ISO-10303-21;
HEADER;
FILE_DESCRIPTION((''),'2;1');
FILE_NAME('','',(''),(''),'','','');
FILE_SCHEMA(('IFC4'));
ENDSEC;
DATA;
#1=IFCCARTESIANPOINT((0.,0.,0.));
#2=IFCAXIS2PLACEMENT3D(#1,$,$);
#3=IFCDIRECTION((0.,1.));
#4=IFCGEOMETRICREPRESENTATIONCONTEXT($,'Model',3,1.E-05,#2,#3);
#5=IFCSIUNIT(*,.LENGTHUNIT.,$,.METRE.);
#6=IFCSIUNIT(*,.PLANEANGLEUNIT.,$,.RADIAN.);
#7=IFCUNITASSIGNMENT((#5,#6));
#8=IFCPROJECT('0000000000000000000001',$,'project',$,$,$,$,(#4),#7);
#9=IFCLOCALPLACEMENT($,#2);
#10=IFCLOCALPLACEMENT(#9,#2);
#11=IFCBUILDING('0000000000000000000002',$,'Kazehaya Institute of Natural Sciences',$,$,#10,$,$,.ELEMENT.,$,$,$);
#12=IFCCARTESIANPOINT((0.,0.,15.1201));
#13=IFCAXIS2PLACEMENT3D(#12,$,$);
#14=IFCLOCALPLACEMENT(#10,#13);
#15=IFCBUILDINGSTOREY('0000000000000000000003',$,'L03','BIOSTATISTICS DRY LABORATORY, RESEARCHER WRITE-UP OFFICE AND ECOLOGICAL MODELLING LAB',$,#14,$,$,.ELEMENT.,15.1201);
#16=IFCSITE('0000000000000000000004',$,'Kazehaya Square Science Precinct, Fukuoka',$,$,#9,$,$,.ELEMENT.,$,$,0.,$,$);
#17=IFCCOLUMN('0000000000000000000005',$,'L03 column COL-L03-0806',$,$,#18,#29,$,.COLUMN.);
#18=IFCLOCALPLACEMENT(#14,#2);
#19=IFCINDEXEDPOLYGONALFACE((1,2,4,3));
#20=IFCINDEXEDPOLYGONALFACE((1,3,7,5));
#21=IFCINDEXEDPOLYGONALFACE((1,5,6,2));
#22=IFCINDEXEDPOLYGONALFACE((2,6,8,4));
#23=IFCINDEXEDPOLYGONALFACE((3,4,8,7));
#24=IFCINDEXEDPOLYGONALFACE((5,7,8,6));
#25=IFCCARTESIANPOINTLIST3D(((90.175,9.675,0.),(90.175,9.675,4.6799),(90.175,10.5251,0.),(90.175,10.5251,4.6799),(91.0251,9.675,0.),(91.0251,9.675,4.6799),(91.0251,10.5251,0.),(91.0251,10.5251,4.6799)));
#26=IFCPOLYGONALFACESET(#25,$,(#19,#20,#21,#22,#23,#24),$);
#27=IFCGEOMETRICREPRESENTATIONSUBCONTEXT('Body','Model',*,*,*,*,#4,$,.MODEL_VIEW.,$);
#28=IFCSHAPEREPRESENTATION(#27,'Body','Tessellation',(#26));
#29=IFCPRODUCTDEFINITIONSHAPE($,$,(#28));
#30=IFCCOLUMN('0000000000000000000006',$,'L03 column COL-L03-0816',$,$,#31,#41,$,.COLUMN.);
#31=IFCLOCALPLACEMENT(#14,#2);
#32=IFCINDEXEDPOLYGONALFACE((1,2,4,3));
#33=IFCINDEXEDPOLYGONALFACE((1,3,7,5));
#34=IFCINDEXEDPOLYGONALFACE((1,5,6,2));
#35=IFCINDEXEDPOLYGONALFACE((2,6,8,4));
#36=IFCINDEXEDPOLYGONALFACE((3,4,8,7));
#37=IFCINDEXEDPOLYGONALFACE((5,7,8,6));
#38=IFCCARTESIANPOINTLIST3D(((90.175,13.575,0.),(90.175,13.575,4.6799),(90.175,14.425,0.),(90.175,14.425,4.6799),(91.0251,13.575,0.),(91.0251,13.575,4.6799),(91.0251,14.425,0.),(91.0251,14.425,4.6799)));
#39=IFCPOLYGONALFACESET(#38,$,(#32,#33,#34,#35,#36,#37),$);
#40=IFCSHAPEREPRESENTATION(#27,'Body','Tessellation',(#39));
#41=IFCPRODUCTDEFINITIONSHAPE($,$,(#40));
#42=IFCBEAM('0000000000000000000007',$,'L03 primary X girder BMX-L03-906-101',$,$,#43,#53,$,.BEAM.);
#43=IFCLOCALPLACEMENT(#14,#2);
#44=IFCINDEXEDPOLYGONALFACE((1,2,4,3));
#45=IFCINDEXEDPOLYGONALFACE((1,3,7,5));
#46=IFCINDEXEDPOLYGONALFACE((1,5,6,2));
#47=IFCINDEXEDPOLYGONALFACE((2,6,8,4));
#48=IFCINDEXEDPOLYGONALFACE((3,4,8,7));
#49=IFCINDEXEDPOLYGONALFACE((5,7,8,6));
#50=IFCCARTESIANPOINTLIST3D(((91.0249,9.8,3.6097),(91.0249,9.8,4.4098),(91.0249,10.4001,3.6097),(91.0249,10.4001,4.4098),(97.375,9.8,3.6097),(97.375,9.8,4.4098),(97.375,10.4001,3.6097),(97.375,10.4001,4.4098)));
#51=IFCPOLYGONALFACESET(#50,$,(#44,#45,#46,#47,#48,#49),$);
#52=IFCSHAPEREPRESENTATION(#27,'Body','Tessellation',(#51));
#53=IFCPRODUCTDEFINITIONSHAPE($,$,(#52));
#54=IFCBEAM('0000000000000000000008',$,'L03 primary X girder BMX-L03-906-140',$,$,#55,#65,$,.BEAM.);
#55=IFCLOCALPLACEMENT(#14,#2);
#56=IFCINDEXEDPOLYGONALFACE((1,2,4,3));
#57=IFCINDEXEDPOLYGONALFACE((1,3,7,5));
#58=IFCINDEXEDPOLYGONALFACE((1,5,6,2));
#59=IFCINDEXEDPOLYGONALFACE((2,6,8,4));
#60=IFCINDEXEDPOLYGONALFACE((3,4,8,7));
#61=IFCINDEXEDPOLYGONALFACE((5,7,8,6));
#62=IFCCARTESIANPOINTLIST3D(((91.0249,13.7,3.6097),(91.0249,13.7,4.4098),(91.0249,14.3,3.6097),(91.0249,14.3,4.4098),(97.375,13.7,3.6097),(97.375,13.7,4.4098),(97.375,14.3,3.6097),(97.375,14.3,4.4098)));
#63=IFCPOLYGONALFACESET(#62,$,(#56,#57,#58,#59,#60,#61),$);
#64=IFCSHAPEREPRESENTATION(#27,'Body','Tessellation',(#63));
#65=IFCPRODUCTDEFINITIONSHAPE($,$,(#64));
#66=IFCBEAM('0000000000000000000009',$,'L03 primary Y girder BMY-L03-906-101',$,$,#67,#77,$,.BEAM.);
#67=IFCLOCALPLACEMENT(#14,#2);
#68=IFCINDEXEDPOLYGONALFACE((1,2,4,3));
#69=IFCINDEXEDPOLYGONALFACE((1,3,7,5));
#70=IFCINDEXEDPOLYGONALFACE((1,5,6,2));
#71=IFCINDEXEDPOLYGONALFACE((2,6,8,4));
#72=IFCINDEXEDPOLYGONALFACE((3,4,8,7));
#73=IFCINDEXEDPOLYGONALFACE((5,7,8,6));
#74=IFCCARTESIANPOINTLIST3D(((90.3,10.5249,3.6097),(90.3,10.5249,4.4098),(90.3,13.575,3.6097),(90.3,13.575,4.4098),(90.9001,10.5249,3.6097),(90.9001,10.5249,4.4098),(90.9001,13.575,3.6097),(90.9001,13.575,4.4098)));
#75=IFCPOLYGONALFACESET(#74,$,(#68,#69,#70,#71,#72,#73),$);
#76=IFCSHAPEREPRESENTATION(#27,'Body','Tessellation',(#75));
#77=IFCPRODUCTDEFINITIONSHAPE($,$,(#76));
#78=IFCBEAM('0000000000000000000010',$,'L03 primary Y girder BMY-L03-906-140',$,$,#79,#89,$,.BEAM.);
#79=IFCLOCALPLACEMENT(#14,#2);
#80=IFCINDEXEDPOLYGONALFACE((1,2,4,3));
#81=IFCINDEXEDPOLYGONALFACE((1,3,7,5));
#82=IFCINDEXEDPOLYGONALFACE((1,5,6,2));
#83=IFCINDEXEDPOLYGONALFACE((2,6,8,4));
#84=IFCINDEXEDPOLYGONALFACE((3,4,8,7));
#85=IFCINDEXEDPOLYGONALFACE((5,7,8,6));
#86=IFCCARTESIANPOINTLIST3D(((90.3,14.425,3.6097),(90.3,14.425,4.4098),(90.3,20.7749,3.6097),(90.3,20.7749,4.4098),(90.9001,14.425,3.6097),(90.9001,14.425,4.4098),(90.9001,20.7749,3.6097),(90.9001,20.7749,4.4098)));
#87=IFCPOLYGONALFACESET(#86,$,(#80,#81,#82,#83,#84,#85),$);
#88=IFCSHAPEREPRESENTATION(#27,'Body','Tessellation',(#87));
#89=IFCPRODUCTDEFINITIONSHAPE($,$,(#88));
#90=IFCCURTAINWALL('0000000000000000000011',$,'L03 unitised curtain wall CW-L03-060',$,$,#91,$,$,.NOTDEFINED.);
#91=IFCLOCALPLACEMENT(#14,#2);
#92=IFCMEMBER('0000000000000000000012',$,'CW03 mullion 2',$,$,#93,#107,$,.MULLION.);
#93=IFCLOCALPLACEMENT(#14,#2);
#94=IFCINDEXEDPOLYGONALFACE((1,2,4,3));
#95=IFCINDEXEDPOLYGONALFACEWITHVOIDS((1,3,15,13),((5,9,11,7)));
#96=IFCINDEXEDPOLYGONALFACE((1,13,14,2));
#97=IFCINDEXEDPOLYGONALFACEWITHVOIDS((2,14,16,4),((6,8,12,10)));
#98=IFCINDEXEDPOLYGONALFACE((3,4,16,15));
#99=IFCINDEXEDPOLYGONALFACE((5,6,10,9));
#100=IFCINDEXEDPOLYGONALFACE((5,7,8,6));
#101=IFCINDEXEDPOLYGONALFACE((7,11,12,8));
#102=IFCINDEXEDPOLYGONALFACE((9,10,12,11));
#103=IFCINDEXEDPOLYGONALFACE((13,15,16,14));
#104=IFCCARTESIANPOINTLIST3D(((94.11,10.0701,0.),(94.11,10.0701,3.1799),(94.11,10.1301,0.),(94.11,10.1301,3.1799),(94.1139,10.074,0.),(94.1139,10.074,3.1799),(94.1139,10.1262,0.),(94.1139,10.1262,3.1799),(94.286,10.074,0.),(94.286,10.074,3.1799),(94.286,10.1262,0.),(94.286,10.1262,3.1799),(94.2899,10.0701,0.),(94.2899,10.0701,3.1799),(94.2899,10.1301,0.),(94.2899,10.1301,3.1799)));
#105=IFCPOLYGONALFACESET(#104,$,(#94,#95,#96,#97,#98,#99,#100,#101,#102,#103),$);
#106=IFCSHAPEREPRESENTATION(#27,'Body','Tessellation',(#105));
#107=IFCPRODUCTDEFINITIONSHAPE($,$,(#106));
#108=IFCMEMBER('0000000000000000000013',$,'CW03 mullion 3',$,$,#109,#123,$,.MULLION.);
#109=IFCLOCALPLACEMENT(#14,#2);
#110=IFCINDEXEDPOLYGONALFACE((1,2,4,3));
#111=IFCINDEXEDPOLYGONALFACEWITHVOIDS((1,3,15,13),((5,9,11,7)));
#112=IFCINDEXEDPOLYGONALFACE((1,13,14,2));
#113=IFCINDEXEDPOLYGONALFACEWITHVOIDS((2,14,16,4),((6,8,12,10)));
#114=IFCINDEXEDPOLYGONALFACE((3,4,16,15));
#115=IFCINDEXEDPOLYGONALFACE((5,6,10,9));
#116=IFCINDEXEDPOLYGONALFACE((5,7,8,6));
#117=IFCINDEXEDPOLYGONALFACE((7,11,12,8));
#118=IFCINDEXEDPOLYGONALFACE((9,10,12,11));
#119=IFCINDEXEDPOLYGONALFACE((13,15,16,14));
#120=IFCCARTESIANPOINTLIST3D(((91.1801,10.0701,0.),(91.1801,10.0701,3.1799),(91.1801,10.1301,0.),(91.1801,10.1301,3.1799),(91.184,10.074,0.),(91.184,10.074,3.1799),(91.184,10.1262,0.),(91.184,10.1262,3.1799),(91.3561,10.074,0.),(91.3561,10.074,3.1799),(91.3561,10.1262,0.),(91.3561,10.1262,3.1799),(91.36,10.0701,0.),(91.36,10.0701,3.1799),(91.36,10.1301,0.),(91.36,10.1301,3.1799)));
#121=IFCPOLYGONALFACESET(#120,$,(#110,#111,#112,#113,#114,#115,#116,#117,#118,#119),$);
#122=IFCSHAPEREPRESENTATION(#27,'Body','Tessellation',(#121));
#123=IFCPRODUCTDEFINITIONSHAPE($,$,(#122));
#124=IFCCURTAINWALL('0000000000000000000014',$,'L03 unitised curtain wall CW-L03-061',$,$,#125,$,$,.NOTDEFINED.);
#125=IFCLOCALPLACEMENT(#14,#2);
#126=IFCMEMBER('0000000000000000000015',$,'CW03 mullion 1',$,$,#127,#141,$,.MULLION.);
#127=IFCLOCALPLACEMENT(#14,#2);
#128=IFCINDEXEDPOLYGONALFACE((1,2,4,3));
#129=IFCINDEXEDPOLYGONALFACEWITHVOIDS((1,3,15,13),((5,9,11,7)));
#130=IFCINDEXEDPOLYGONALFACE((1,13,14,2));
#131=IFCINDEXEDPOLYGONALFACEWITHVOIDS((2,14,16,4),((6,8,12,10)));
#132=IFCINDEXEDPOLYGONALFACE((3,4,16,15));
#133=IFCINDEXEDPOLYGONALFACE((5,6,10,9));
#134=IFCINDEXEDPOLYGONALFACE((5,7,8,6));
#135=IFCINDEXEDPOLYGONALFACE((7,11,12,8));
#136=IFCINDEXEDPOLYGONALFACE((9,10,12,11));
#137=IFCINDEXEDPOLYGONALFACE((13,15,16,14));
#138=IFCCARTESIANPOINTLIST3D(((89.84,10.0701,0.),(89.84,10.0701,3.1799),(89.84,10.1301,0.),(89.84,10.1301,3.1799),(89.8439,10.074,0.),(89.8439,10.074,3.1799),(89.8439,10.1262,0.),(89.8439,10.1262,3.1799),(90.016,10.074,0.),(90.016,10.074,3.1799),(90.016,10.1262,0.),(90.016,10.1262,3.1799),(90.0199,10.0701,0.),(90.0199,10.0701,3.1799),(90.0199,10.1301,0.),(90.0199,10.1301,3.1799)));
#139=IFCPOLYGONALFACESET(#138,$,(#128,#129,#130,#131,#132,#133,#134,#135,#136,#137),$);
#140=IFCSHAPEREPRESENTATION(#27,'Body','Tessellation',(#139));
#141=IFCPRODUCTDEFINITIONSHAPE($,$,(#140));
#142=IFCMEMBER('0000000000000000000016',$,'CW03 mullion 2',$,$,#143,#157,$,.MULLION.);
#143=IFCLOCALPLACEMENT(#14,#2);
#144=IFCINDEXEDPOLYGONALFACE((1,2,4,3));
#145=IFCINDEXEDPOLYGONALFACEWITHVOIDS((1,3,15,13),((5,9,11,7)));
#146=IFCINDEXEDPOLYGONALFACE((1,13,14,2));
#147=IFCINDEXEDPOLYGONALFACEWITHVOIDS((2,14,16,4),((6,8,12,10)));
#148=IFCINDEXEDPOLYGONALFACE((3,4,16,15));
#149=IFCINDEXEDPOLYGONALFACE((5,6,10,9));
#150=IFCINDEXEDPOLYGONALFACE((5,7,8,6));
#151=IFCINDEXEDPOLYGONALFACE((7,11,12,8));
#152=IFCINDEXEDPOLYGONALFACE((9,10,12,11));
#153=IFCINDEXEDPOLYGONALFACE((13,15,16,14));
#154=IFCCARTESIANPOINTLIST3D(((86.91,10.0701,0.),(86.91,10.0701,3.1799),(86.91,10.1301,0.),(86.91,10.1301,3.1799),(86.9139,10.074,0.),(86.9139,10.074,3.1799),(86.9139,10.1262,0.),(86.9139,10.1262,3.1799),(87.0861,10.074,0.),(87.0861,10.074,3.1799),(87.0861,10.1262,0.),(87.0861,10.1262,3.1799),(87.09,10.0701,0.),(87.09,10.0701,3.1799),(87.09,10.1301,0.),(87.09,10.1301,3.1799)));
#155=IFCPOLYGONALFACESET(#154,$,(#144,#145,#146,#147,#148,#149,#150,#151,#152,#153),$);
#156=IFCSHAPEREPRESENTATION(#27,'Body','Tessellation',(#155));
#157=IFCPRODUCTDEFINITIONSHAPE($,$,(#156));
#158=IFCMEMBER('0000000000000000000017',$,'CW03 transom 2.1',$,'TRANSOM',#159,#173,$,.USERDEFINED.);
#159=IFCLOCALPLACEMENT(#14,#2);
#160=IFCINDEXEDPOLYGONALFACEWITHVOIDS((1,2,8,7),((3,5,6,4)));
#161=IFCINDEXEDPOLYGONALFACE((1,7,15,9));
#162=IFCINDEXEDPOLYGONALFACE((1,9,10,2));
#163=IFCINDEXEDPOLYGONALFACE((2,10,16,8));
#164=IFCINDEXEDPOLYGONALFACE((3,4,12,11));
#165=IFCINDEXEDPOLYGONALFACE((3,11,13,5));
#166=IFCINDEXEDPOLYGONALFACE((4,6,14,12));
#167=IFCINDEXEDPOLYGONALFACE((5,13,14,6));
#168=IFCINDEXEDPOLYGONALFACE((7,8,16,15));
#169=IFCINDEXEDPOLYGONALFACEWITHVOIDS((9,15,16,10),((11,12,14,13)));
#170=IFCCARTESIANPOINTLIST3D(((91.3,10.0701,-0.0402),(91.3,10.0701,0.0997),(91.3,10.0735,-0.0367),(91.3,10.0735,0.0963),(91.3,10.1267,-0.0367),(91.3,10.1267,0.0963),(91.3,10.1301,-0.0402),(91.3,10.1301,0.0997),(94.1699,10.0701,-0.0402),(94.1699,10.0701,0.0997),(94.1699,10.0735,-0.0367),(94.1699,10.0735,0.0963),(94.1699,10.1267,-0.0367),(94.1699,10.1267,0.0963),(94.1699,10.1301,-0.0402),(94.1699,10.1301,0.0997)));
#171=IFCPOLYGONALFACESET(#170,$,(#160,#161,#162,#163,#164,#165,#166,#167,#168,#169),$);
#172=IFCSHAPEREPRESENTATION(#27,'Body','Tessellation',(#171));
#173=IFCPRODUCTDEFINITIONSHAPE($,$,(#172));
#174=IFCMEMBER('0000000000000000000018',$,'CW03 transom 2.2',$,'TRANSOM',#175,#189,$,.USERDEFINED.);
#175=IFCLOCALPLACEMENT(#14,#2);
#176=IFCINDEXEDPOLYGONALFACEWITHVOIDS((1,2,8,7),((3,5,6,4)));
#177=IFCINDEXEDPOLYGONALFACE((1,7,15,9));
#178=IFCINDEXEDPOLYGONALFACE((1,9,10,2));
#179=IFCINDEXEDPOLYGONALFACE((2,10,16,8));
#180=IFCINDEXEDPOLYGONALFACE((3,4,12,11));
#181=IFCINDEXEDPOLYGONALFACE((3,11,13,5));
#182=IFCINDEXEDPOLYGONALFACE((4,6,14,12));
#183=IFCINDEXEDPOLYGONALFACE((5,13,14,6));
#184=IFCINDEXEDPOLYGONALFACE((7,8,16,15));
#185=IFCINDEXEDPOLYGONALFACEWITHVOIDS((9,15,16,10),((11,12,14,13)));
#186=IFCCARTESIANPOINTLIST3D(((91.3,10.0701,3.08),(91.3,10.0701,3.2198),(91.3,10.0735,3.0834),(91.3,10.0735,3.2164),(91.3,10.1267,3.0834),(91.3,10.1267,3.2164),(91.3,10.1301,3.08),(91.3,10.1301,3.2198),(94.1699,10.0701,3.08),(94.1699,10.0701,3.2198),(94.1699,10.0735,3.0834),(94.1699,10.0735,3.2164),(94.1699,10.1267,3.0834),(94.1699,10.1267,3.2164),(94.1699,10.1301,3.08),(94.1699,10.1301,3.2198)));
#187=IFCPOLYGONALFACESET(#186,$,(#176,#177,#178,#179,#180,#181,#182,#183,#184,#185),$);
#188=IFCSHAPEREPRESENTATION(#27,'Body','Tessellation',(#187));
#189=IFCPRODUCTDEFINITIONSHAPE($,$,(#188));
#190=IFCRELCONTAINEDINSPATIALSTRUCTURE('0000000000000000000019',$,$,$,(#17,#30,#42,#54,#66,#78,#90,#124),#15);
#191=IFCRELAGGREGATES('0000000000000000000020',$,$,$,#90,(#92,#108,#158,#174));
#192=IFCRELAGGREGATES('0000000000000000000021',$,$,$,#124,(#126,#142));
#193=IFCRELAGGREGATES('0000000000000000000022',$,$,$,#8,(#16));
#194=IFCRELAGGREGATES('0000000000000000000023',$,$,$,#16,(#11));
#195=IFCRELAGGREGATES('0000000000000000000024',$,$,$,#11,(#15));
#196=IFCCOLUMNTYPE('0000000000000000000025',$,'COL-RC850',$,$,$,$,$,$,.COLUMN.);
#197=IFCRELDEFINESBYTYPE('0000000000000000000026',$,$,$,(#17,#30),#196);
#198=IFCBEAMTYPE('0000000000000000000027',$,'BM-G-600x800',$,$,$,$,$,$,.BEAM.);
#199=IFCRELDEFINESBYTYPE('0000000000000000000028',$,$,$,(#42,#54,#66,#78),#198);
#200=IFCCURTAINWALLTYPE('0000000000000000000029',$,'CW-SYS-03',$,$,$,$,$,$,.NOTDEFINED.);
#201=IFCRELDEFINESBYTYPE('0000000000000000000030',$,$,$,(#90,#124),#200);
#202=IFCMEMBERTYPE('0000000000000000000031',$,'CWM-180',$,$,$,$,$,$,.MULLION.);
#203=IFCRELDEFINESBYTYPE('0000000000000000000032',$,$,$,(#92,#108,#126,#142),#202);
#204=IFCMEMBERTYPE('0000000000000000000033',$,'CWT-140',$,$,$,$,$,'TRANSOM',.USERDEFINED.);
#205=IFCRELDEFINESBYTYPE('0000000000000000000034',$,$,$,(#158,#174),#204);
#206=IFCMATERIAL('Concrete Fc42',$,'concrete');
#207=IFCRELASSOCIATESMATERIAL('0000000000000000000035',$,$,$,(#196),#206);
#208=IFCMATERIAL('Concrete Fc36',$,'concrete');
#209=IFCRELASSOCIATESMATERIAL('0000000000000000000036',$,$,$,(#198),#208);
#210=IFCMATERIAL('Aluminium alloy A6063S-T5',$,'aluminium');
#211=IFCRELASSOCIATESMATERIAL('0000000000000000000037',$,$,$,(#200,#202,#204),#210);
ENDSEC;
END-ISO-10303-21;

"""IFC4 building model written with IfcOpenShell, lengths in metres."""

from ifc_helpers import new_model, si_unit, direction, frame, origin, origin_2d, place, context, subcontext, project, spatial, rectangle, hollow_rectangle, extrude, material, material_profile, profile_set, type_object, element, aggregate, save


model = new_model("IFC4")

# Units and contexts
model_context = context("Model", 3, precision=1e-05, world=origin(), true_north=direction((0.0, 1.0)))
body_context = subcontext(model_context, "Body", "Model", "MODEL_VIEW")
ifc_project = project(units=[si_unit("LENGTHUNIT", "METRE"), si_unit("PLANEANGLEUNIT", "RADIAN")], contexts=[model_context])

# Site, building, storey
site_placement = place(None, origin())
site = spatial("IfcSite", under=ifc_project, at=site_placement, Name="Kazehaya Square Science Precinct, Fukuoka", CompositionType="ELEMENT", RefElevation=0.0)
building_placement = place(site_placement, origin())
building = spatial("IfcBuilding", under=site, at=building_placement, Name="Kazehaya Institute of Natural Sciences", CompositionType="ELEMENT")
storey_placement = place(building_placement, frame((0.0, 0.0, 15.1201)))
storey = spatial("IfcBuildingStorey", under=building, at=storey_placement, Name="L03", Description="BIOSTATISTICS DRY LABORATORY, RESEARCHER WRITE-UP OFFICE AND ECOLOGICAL MODELLING LAB", CompositionType="ELEMENT", Elevation=15.1201)

# Columns
ifc_material_1 = material(Name="Concrete Fc42", Category="concrete")
ifc_material_profile_1 = material_profile(ifc_material_1, rectangle(XDim=0.8501, YDim=0.8501, at=origin_2d()), Name="RC-850x850")
ifc_profile_set_1 = profile_set([ifc_material_profile_1], Name="Concrete Fc42")
column_type = type_object("IfcColumnType", Name="COL-RC850", PredefinedType="COLUMN", material=ifc_profile_set_1)
for number, where, z_axis, x_axis, name in (
    (1, (90.6001, 10.1001, 0.0), (0.0, 0.0, 1.0), (1.0, 0.0, 0.0), "L03 column COL-L03-0806"),
    (2, (90.6001, 14.0, 0.0), (0.0, 0.0, 1.0), (1.0, 0.0, 0.0), "L03 column COL-L03-0816"),
):
    element("IfcColumn", number, at=place(storey_placement, frame(where, z_axis=z_axis, x_axis=x_axis)), inside=storey, type_object=column_type, Name=name, PredefinedType="COLUMN", context=body_context, shape_type="SweptSolid", body=[
        extrude(rectangle(XDim=0.8501, YDim=0.8501, at=origin_2d()), origin(), (0.0, 0.0, 1.0), 4.6799),
    ])

# Beams
ifc_material_2 = material(Name="Concrete Fc36", Category="concrete")
ifc_material_profile_2 = material_profile(ifc_material_2, rectangle(XDim=0.6001, YDim=0.8, at=origin_2d()), Name="RC-600x800")
ifc_profile_set_2 = profile_set([ifc_material_profile_2], Name="Concrete Fc36")
beam_type = type_object("IfcBeamType", Name="BM-G-600x800", PredefinedType="BEAM", material=ifc_profile_set_2)
for number, where, z_axis, x_axis, name in (
    (3, (91.0249, 10.1001, 4.0098), (1.0, 0.0, 0.0), (0.0, 1.0, 0.0), "L03 primary X girder BMX-L03-906-101"),
    (4, (91.0249, 14.0, 4.0098), (1.0, 0.0, 0.0), (0.0, 1.0, 0.0), "L03 primary X girder BMX-L03-906-140"),
):
    element("IfcBeam", number, at=place(storey_placement, frame(where, z_axis=z_axis, x_axis=x_axis)), inside=storey, type_object=beam_type, Name=name, PredefinedType="BEAM", context=body_context, shape_type="SweptSolid", body=[
        extrude(rectangle(XDim=0.6001, YDim=0.8, at=origin_2d()), origin(), (0.0, 0.0, 1.0), 6.3501),
    ])
beam_1_placement = place(storey_placement, frame((90.6001, 10.5249, 4.0098), z_axis=(0.0, 1.0, 0.0), x_axis=(-1.0, 0.0, 0.0)))
element("IfcBeam", 5, at=beam_1_placement, inside=storey, type_object=beam_type, Name="L03 primary Y girder BMY-L03-906-101", PredefinedType="BEAM", context=body_context, shape_type="SweptSolid", body=[
    extrude(rectangle(XDim=0.6001, YDim=0.8, at=origin_2d()), origin(), (0.0, 0.0, 1.0), 3.05),
])
beam_2_placement = place(storey_placement, frame((90.6001, 14.425, 4.0098), z_axis=(0.0, 1.0, 0.0), x_axis=(-1.0, 0.0, 0.0)))
element("IfcBeam", 6, at=beam_2_placement, inside=storey, type_object=beam_type, Name="L03 primary Y girder BMY-L03-906-140", PredefinedType="BEAM", context=body_context, shape_type="SweptSolid", body=[
    extrude(rectangle(XDim=0.6001, YDim=0.8, at=origin_2d()), origin(), (0.0, 0.0, 1.0), 6.3499),
])

# Curtain walls, members
ifc_material_3 = material(Name="Aluminium alloy A6063S-T5", Category="aluminium")
curtain_wall_type = type_object("IfcCurtainWallType", Name="CW-SYS-03", PredefinedType="NOTDEFINED", material=ifc_material_3)
curtain_wall_1_placement = place(storey_placement, origin())
curtain_wall_1 = element("IfcCurtainWall", 7, at=curtain_wall_1_placement, inside=storey, type_object=curtain_wall_type, Name="L03 unitised curtain wall CW-L03-060", PredefinedType="NOTDEFINED")
ifc_material_profile_3 = material_profile(ifc_material_3, hollow_rectangle(XDim=0.0601, YDim=0.1799, WallThickness=0.0039, at=origin_2d()), Name="ALU-60x180x4")
ifc_profile_set_3 = profile_set([ifc_material_profile_3], Name="Aluminium alloy A6063S-T5")
member_type_1 = type_object("IfcMemberType", Name="CWM-180", PredefinedType="MULLION", material=ifc_profile_set_3)
member_1_placement = place(storey_placement, frame((94.2, 10.1001, 0.0), z_axis=(0.0, 0.0, 1.0), x_axis=(0.0, -1.0, 0.0)))
member_1 = element("IfcMember", 8, at=member_1_placement, type_object=member_type_1, Name="CW03 mullion 2", PredefinedType="MULLION", context=body_context, shape_type="SweptSolid", body=[
    extrude(hollow_rectangle(XDim=0.0601, YDim=0.1799, WallThickness=0.0039, at=origin_2d()), origin(), (0.0, 0.0, 1.0), 3.1799),
])
member_2_placement = place(storey_placement, frame((91.27, 10.1001, 0.0), z_axis=(0.0, 0.0, 1.0), x_axis=(0.0, -1.0, 0.0)))
member_2 = element("IfcMember", 9, at=member_2_placement, type_object=member_type_1, Name="CW03 mullion 3", PredefinedType="MULLION", context=body_context, shape_type="SweptSolid", body=[
    extrude(hollow_rectangle(XDim=0.0601, YDim=0.1799, WallThickness=0.0039, at=origin_2d()), origin(), (0.0, 0.0, 1.0), 3.1799),
])
curtain_wall_2_placement = place(storey_placement, origin())
curtain_wall_2 = element("IfcCurtainWall", 10, at=curtain_wall_2_placement, inside=storey, type_object=curtain_wall_type, Name="L03 unitised curtain wall CW-L03-061", PredefinedType="NOTDEFINED")
member_3_placement = place(storey_placement, frame((89.9299, 10.1001, 0.0), z_axis=(0.0, 0.0, 1.0), x_axis=(0.0, -1.0, 0.0)))
member_3 = element("IfcMember", 11, at=member_3_placement, type_object=member_type_1, Name="CW03 mullion 1", PredefinedType="MULLION", context=body_context, shape_type="SweptSolid", body=[
    extrude(hollow_rectangle(XDim=0.0601, YDim=0.1799, WallThickness=0.0039, at=origin_2d()), origin(), (0.0, 0.0, 1.0), 3.1799),
])
member_4_placement = place(storey_placement, frame((87.0, 10.1001, 0.0), z_axis=(0.0, 0.0, 1.0), x_axis=(0.0, -1.0, 0.0)))
member_4 = element("IfcMember", 12, at=member_4_placement, type_object=member_type_1, Name="CW03 mullion 2", PredefinedType="MULLION", context=body_context, shape_type="SweptSolid", body=[
    extrude(hollow_rectangle(XDim=0.0601, YDim=0.1799, WallThickness=0.0039, at=origin_2d()), origin(), (0.0, 0.0, 1.0), 3.1799),
])

# Members
ifc_material_profile_4 = material_profile(ifc_material_3, hollow_rectangle(XDim=0.0601, YDim=0.1399, WallThickness=0.0034, at=origin_2d()), Name="ALU-60x140x3.5")
ifc_profile_set_4 = profile_set([ifc_material_profile_4], Name="Aluminium alloy A6063S-T5")
member_type_2 = type_object("IfcMemberType", Name="CWT-140", ElementType="TRANSOM", PredefinedType="USERDEFINED", material=ifc_profile_set_4)
member_5_placement = place(storey_placement, frame((94.1699, 10.1001, 0.0298), z_axis=(-1.0, 0.0, 0.0), x_axis=(0.0, -1.0, 0.0)))
member_5 = element("IfcMember", 13, at=member_5_placement, type_object=member_type_2, Name="CW03 transom 2.1", ObjectType="TRANSOM", PredefinedType="USERDEFINED", context=body_context, shape_type="SweptSolid", body=[
    extrude(hollow_rectangle(XDim=0.0601, YDim=0.1399, WallThickness=0.0034, at=origin_2d()), origin(), (0.0, 0.0, 1.0), 2.8699),
])
member_6_placement = place(storey_placement, frame((94.1699, 10.1001, 3.1499), z_axis=(-1.0, 0.0, 0.0), x_axis=(0.0, -1.0, 0.0)))
member_6 = element("IfcMember", 14, at=member_6_placement, type_object=member_type_2, Name="CW03 transom 2.2", ObjectType="TRANSOM", PredefinedType="USERDEFINED", context=body_context, shape_type="SweptSolid", body=[
    extrude(hollow_rectangle(XDim=0.0601, YDim=0.1399, WallThickness=0.0034, at=origin_2d()), origin(), (0.0, 0.0, 1.0), 2.8699),
])

aggregate(curtain_wall_1, [member_1, member_2, member_5, member_6])
aggregate(curtain_wall_2, [member_3, member_4])

save(model, "model.ifc")
